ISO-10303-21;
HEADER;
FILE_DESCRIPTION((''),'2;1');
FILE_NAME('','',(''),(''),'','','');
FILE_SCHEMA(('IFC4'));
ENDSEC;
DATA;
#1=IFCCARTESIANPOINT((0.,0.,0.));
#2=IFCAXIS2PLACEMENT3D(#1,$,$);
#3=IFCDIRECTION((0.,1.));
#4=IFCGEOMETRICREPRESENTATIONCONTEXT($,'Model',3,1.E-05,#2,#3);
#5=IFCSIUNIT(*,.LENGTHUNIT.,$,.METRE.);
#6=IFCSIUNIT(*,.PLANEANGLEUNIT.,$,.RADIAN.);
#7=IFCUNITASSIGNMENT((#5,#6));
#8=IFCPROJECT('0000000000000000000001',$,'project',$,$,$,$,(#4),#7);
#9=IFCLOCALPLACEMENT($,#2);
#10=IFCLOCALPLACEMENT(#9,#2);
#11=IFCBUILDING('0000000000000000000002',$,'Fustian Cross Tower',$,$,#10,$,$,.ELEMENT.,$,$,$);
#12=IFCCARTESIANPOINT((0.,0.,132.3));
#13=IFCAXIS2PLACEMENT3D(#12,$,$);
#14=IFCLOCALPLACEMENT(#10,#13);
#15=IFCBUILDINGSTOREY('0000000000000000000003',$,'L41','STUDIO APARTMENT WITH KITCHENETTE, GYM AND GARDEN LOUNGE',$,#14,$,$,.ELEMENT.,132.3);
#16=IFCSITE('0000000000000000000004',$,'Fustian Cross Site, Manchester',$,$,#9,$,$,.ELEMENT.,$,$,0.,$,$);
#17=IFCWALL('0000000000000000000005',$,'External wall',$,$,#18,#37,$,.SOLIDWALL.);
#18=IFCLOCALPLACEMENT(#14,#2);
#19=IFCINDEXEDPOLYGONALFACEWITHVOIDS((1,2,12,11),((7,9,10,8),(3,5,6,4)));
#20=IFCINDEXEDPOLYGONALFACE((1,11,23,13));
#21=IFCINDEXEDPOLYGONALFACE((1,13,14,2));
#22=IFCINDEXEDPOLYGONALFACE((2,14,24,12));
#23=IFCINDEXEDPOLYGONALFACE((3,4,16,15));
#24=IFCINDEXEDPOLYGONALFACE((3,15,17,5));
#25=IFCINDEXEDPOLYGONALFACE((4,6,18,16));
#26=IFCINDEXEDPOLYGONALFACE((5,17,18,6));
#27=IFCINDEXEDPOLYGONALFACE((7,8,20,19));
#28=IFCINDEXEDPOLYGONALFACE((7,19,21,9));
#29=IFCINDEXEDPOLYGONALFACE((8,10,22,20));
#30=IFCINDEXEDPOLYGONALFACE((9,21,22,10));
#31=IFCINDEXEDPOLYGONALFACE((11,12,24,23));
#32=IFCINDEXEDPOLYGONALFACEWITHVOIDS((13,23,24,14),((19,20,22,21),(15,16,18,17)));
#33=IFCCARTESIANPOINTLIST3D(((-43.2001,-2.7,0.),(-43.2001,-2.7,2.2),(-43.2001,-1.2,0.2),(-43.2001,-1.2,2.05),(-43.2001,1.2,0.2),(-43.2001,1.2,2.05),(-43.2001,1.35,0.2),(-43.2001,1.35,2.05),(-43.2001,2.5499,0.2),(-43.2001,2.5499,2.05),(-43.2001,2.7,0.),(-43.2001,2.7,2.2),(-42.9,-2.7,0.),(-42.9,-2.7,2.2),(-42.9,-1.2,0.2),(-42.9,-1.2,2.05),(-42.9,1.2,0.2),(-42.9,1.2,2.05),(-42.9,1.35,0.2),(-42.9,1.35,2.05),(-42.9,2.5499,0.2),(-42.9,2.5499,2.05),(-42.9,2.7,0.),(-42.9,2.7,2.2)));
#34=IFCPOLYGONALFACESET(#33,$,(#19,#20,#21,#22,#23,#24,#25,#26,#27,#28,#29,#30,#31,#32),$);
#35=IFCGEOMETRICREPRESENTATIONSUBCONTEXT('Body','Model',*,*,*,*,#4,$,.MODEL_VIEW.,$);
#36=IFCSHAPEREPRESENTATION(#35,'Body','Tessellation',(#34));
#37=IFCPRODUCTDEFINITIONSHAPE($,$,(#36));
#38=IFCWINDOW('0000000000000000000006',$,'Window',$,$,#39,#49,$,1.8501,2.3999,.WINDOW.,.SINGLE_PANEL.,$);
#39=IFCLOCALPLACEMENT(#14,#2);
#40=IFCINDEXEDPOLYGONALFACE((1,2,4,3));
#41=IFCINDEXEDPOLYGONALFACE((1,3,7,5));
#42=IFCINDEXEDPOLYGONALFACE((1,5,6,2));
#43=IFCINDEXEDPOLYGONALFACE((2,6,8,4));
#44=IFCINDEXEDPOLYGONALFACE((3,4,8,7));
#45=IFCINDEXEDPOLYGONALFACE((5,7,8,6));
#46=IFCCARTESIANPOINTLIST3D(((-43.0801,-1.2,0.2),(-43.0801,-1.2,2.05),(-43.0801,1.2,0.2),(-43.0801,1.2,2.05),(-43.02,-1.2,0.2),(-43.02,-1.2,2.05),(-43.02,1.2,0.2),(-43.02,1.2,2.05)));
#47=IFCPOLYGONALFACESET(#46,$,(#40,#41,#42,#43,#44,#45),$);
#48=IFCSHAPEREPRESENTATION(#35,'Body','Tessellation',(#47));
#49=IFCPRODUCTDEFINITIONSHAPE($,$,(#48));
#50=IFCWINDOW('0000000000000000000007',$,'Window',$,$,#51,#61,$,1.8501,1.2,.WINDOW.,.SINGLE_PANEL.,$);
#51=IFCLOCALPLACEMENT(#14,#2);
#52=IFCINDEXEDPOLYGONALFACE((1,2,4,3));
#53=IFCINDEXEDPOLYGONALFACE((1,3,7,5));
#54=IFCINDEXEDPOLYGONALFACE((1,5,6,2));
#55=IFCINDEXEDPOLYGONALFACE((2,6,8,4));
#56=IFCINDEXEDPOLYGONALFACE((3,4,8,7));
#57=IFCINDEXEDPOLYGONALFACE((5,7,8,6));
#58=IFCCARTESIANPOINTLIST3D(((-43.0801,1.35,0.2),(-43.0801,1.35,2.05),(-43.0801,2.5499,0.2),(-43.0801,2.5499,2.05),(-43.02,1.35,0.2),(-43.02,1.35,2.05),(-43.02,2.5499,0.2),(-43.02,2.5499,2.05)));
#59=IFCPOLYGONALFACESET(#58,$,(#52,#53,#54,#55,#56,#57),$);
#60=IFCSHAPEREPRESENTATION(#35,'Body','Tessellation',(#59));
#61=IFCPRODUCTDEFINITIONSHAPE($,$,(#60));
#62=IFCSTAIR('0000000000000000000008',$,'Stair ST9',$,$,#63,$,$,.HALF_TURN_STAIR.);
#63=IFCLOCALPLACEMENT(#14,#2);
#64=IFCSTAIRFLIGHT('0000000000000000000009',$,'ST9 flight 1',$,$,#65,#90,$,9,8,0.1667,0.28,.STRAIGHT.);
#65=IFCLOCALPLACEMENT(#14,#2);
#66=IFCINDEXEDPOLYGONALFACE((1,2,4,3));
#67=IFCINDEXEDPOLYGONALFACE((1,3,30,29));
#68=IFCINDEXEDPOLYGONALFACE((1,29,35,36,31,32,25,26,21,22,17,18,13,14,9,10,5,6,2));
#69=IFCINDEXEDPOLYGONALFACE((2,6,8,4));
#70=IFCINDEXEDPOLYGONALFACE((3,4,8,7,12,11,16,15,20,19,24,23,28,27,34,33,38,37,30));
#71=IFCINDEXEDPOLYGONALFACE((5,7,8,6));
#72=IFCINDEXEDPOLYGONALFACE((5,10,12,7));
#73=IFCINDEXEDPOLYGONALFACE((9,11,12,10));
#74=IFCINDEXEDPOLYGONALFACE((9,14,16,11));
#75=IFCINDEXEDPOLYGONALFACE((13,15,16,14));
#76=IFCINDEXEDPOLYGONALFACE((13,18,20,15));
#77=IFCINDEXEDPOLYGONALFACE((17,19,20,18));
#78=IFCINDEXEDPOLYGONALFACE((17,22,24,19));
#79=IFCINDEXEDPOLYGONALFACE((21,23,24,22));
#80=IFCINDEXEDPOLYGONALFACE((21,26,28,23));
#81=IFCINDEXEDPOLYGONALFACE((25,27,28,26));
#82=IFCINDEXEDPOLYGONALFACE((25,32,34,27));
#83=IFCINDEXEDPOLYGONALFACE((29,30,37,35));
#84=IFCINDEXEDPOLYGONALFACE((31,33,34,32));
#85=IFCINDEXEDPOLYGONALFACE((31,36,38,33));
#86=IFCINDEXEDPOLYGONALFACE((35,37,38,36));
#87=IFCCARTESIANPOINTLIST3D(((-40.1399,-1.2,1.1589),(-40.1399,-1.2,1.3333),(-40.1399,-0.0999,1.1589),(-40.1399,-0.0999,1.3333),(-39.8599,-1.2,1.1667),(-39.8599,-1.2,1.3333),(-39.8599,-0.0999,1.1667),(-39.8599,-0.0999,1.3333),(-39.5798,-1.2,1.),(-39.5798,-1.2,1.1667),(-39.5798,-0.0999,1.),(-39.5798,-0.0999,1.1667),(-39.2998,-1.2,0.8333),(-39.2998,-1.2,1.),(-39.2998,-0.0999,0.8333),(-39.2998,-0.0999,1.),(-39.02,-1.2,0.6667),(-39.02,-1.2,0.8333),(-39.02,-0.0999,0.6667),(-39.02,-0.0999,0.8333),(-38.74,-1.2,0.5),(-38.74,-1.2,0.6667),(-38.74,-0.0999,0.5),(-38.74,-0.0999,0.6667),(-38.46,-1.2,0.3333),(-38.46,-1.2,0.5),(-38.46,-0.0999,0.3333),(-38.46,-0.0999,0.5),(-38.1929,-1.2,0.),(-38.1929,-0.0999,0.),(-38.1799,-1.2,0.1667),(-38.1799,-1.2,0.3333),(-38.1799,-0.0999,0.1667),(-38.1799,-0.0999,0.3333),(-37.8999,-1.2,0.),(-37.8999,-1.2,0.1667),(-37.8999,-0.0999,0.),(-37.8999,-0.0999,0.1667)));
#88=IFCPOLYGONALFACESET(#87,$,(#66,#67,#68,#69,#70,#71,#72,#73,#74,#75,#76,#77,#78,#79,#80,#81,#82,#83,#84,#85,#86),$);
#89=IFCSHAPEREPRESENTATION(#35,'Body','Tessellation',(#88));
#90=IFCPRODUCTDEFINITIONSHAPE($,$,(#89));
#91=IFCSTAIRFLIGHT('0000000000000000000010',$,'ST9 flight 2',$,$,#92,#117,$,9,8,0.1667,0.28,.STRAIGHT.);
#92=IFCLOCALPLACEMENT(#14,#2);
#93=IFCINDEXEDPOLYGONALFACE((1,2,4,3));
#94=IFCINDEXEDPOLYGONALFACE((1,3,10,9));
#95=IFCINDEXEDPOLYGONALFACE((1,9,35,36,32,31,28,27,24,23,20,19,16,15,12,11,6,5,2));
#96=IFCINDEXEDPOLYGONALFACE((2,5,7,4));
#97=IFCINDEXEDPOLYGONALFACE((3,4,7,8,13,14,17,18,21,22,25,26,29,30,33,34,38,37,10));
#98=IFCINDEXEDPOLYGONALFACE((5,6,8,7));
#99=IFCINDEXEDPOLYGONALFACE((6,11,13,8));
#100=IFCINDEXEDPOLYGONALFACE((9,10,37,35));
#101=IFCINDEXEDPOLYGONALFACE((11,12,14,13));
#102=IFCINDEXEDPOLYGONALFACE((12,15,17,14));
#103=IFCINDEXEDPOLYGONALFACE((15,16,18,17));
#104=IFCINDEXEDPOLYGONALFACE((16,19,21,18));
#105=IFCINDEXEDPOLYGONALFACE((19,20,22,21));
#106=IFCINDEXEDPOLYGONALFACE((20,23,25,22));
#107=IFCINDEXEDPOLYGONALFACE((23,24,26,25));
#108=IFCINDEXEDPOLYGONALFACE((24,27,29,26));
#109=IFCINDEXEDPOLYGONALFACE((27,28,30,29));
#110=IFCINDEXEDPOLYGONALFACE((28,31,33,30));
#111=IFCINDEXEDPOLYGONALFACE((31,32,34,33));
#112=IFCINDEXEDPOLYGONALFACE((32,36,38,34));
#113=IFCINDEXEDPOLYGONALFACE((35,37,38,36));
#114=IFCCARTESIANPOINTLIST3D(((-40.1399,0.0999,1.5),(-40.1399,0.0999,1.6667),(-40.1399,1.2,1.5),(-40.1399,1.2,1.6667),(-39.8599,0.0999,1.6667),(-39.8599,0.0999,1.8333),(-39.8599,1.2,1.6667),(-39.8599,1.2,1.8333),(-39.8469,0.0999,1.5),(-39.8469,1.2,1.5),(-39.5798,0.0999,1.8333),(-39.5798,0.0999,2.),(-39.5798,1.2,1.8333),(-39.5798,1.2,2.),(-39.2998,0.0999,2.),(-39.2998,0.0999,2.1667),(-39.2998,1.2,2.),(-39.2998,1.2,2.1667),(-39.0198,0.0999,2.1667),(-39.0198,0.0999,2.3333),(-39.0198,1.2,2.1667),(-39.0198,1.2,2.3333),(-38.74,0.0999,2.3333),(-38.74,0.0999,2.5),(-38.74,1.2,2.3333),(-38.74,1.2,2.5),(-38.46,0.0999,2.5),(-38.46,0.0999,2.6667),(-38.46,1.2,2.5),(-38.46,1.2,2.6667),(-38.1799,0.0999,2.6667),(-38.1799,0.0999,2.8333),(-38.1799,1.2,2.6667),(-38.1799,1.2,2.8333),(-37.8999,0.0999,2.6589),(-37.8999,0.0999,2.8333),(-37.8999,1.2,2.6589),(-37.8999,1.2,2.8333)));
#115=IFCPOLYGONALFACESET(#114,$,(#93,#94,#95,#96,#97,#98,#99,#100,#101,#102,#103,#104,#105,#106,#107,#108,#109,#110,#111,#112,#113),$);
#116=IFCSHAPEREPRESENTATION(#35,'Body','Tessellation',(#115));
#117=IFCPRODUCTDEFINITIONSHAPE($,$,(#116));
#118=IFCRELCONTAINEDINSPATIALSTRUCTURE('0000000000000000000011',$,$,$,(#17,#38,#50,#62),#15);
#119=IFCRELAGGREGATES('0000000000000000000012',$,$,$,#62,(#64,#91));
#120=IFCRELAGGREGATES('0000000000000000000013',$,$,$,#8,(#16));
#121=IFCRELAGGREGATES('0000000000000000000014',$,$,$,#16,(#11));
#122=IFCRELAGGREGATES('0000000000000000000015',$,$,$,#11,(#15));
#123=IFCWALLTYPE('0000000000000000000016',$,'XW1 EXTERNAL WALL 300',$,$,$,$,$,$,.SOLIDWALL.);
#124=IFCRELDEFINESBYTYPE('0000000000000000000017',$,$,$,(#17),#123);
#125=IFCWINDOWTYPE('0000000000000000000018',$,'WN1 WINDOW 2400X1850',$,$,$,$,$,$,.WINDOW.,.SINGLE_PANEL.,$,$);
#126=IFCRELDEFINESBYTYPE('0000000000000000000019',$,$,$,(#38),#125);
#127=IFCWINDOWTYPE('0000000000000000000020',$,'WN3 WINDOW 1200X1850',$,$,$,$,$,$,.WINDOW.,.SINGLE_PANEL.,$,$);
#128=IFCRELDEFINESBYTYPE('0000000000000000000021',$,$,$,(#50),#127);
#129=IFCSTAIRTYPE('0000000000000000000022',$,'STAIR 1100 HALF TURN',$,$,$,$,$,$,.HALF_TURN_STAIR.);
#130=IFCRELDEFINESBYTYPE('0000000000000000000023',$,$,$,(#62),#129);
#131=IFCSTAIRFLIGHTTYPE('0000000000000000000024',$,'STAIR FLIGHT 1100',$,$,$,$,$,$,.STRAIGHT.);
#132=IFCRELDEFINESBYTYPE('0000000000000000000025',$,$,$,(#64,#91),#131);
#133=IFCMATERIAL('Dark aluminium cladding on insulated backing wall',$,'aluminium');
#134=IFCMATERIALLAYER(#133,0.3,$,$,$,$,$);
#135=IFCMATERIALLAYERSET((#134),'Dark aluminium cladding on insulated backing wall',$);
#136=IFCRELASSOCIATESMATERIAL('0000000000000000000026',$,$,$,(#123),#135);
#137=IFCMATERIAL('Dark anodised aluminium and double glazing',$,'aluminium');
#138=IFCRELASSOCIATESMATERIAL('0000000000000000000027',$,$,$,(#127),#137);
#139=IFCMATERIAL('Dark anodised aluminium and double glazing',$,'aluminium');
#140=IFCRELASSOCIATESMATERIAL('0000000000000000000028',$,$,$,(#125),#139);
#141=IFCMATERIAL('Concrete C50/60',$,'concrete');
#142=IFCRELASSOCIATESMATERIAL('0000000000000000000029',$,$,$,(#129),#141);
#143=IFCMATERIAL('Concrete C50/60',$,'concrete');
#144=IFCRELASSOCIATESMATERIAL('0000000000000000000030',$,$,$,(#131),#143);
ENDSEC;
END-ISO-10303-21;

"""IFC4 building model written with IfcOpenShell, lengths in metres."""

from ifc_helpers import new_model, si_unit, direction, frame, frame_2d, origin, place, context, subcontext, project, spatial, polyline, rectangle, outline, extrude, material, layer, layer_set, type_object, element, fill, aggregate, save


model = new_model("IFC4")

# Units and contexts
model_context = context("Model", 3, precision=1e-05, world=origin(), true_north=direction((0.0, 1.0)))
body_context = subcontext(model_context, "Body", "Model", "MODEL_VIEW")
ifc_project = project(units=[si_unit("LENGTHUNIT", "METRE"), si_unit("PLANEANGLEUNIT", "RADIAN")], contexts=[model_context])

# Site, building, storey
site_placement = place(None, origin())
site = spatial("IfcSite", under=ifc_project, at=site_placement, Name="Fustian Cross Site, Manchester", CompositionType="ELEMENT", RefElevation=0.0)
building_placement = place(site_placement, origin())
building = spatial("IfcBuilding", under=site, at=building_placement, Name="Fustian Cross Tower", CompositionType="ELEMENT")
storey_placement = place(building_placement, frame((0.0, 0.0, 132.3)))
storey = spatial("IfcBuildingStorey", under=building, at=storey_placement, Name="L41", Description="STUDIO APARTMENT WITH KITCHENETTE, GYM AND GARDEN LOUNGE", CompositionType="ELEMENT", Elevation=132.3)

# Shared definitions
ifc_material_1 = material(Name="Dark aluminium cladding on insulated backing wall", Category="aluminium")
ifc_layer_1 = layer(ifc_material_1, 0.3)
ifc_layer_set_1 = layer_set([ifc_layer_1], Name="Dark aluminium cladding on insulated backing wall")
wall_type_1 = type_object("IfcWallType", Name="XW1 EXTERNAL WALL 300", PredefinedType="SOLIDWALL", material=ifc_layer_set_1)
ifc_material_2 = material(Name="Dark anodised aluminium and double glazing", Category="aluminium")
window_type_1 = type_object("IfcWindowType", Name="WN3 WINDOW 1200X1850", PartitioningType="SINGLE_PANEL", PredefinedType="WINDOW", material=ifc_material_2)

# Wall, openings, windows
wall_1_placement = place(storey_placement, frame((-43.05, 2.7, 0.0), z_axis=(0.0, 0.0, 1.0), x_axis=(0.0, -1.0, 0.0)))
wall_1 = element("IfcWall", 1, at=wall_1_placement, inside=storey, type_object=wall_type_1, Name="External wall", PredefinedType="SOLIDWALL", context=body_context, shape_type="SweptSolid", body=[
    extrude(rectangle(XDim=5.3999, YDim=0.3, at=frame_2d((2.7, 0.0))), origin(), (0.0, 0.0, 1.0), 2.2),
])
opening_1_placement = place(wall_1_placement, frame((1.5, 0.0, 0.2)))
opening_1 = element("IfcOpeningElement", 2, at=opening_1_placement, cuts=wall_1, PredefinedType="OPENING", context=body_context, shape_type="SweptSolid", body=[
    extrude(rectangle(XDim=2.3999, YDim=1.8501, at=frame_2d((1.2, 0.925))), frame((0.0, 0.1599, 0.0), z_axis=(0.0, -1.0, 0.0), x_axis=(1.0, 0.0, 0.0)), (0.0, 0.0, 1.0), 0.3201),
])
opening_2_placement = place(wall_1_placement, frame((0.1499, 0.0, 0.2)))
opening_2 = element("IfcOpeningElement", 3, at=opening_2_placement, cuts=wall_1, PredefinedType="OPENING", context=body_context, shape_type="SweptSolid", body=[
    extrude(rectangle(XDim=1.2, YDim=1.8501, at=frame_2d((0.6001, 0.925))), frame((0.0, 0.1599, 0.0), z_axis=(0.0, -1.0, 0.0), x_axis=(1.0, 0.0, 0.0)), (0.0, 0.0, 1.0), 0.3201),
])
ifc_material_3 = material(Name="Dark anodised aluminium and double glazing", Category="aluminium")
window_type_2 = type_object("IfcWindowType", Name="WN1 WINDOW 2400X1850", PartitioningType="SINGLE_PANEL", PredefinedType="WINDOW", material=ifc_material_3)
window_1_placement = place(opening_1_placement, origin())
window_1 = element("IfcWindow", 4, at=window_1_placement, inside=storey, type_object=window_type_2, Name="Window", OverallHeight=1.8501, OverallWidth=2.3999, PartitioningType="SINGLE_PANEL", PredefinedType="WINDOW", context=body_context, shape_type="SweptSolid", body=[
    extrude(rectangle(XDim=2.3999, YDim=1.8501, at=frame_2d((1.2, 0.925))), frame((0.0, 0.03, 0.0), z_axis=(0.0, -1.0, 0.0), x_axis=(1.0, 0.0, 0.0)), (0.0, 0.0, 1.0), 0.0601),
])
fill(opening_1, window_1)
window_2_placement = place(opening_2_placement, origin())
window_2 = element("IfcWindow", 5, at=window_2_placement, inside=storey, type_object=window_type_1, Name="Window", OverallHeight=1.8501, OverallWidth=1.2, PartitioningType="SINGLE_PANEL", PredefinedType="WINDOW", context=body_context, shape_type="SweptSolid", body=[
    extrude(rectangle(XDim=1.2, YDim=1.8501, at=frame_2d((0.6001, 0.925))), frame((0.0, 0.03, 0.0), z_axis=(0.0, -1.0, 0.0), x_axis=(1.0, 0.0, 0.0)), (0.0, 0.0, 1.0), 0.0601),
])
fill(opening_2, window_2)

# Stair, stair flights
ifc_material_4 = material(Name="Concrete C50/60", Category="concrete")
stair_type = type_object("IfcStairType", Name="STAIR 1100 HALF TURN", PredefinedType="HALF_TURN_STAIR", material=ifc_material_4)
stair_placement = place(storey_placement, origin())
stair = element("IfcStair", 6, at=stair_placement, inside=storey, type_object=stair_type, Name="Stair ST9", PredefinedType="HALF_TURN_STAIR")
ifc_material_5 = material(Name="Concrete C50/60", Category="concrete")
stair_flight_type = type_object("IfcStairFlightType", Name="STAIR FLIGHT 1100", PredefinedType="STRAIGHT", material=ifc_material_5)
stair_flight_1_placement = place(storey_placement, frame((-37.8999, -0.6499, 0.0), z_axis=(0.0, 0.0, 1.0), x_axis=(-1.0, 0.0, 0.0)))
stair_flight_1 = element("IfcStairFlight", 7, at=stair_flight_1_placement, type_object=stair_flight_type, Name="ST9 flight 1", NumberOfRisers=9, NumberOfTreads=8, PredefinedType="STRAIGHT", RiserHeight=0.1667, TreadLength=0.28, context=body_context, shape_type="SweptSolid", body=[
    extrude(outline(polyline([(0.0, 0.0), (0.0, 0.1667), (0.28, 0.1667), (0.28, 0.3333), (0.5601, 0.3333), (0.5601, 0.5), (0.8401, 0.5), (0.8401, 0.6667), (1.1201, 0.6667), (1.1201, 0.8333), (1.3999, 0.8333), (1.3999, 1.0), (1.6799, 1.0), (1.6799, 1.1667), (1.96, 1.1667), (1.96, 1.3333), (2.24, 1.3333), (2.24, 1.5), (2.24, 1.1589), (0.293, 0.0), (0.0, 0.0)])), frame((0.0, 0.55, 0.0), z_axis=(0.0, -1.0, 0.0), x_axis=(1.0, 0.0, 0.0)), (0.0, 0.0, 1.0), 1.1001),
])
stair_flight_2_placement = place(storey_placement, frame((-40.1399, 0.6499, 1.5), z_axis=(0.0, 0.0, 1.0), x_axis=(1.0, 0.0, 0.0)))
stair_flight_2 = element("IfcStairFlight", 8, at=stair_flight_2_placement, type_object=stair_flight_type, Name="ST9 flight 2", NumberOfRisers=9, NumberOfTreads=8, PredefinedType="STRAIGHT", RiserHeight=0.1667, TreadLength=0.28, context=body_context, shape_type="SweptSolid", body=[
    extrude(outline(polyline([(0.0, 0.0), (0.0, 0.1667), (0.28, 0.1667), (0.28, 0.3333), (0.5601, 0.3333), (0.5601, 0.5), (0.8401, 0.5), (0.8401, 0.6667), (1.1201, 0.6667), (1.1201, 0.8333), (1.3999, 0.8333), (1.3999, 1.0), (1.6799, 1.0), (1.6799, 1.1667), (1.96, 1.1667), (1.96, 1.3333), (2.24, 1.3333), (2.24, 1.5), (2.24, 1.1589), (0.293, 0.0), (0.0, 0.0)])), frame((0.0, 0.55, 0.0), z_axis=(0.0, -1.0, 0.0), x_axis=(1.0, 0.0, 0.0)), (0.0, 0.0, 1.0), 1.1001),
])
aggregate(stair, [stair_flight_1, stair_flight_2])

save(model, "model.ifc")
